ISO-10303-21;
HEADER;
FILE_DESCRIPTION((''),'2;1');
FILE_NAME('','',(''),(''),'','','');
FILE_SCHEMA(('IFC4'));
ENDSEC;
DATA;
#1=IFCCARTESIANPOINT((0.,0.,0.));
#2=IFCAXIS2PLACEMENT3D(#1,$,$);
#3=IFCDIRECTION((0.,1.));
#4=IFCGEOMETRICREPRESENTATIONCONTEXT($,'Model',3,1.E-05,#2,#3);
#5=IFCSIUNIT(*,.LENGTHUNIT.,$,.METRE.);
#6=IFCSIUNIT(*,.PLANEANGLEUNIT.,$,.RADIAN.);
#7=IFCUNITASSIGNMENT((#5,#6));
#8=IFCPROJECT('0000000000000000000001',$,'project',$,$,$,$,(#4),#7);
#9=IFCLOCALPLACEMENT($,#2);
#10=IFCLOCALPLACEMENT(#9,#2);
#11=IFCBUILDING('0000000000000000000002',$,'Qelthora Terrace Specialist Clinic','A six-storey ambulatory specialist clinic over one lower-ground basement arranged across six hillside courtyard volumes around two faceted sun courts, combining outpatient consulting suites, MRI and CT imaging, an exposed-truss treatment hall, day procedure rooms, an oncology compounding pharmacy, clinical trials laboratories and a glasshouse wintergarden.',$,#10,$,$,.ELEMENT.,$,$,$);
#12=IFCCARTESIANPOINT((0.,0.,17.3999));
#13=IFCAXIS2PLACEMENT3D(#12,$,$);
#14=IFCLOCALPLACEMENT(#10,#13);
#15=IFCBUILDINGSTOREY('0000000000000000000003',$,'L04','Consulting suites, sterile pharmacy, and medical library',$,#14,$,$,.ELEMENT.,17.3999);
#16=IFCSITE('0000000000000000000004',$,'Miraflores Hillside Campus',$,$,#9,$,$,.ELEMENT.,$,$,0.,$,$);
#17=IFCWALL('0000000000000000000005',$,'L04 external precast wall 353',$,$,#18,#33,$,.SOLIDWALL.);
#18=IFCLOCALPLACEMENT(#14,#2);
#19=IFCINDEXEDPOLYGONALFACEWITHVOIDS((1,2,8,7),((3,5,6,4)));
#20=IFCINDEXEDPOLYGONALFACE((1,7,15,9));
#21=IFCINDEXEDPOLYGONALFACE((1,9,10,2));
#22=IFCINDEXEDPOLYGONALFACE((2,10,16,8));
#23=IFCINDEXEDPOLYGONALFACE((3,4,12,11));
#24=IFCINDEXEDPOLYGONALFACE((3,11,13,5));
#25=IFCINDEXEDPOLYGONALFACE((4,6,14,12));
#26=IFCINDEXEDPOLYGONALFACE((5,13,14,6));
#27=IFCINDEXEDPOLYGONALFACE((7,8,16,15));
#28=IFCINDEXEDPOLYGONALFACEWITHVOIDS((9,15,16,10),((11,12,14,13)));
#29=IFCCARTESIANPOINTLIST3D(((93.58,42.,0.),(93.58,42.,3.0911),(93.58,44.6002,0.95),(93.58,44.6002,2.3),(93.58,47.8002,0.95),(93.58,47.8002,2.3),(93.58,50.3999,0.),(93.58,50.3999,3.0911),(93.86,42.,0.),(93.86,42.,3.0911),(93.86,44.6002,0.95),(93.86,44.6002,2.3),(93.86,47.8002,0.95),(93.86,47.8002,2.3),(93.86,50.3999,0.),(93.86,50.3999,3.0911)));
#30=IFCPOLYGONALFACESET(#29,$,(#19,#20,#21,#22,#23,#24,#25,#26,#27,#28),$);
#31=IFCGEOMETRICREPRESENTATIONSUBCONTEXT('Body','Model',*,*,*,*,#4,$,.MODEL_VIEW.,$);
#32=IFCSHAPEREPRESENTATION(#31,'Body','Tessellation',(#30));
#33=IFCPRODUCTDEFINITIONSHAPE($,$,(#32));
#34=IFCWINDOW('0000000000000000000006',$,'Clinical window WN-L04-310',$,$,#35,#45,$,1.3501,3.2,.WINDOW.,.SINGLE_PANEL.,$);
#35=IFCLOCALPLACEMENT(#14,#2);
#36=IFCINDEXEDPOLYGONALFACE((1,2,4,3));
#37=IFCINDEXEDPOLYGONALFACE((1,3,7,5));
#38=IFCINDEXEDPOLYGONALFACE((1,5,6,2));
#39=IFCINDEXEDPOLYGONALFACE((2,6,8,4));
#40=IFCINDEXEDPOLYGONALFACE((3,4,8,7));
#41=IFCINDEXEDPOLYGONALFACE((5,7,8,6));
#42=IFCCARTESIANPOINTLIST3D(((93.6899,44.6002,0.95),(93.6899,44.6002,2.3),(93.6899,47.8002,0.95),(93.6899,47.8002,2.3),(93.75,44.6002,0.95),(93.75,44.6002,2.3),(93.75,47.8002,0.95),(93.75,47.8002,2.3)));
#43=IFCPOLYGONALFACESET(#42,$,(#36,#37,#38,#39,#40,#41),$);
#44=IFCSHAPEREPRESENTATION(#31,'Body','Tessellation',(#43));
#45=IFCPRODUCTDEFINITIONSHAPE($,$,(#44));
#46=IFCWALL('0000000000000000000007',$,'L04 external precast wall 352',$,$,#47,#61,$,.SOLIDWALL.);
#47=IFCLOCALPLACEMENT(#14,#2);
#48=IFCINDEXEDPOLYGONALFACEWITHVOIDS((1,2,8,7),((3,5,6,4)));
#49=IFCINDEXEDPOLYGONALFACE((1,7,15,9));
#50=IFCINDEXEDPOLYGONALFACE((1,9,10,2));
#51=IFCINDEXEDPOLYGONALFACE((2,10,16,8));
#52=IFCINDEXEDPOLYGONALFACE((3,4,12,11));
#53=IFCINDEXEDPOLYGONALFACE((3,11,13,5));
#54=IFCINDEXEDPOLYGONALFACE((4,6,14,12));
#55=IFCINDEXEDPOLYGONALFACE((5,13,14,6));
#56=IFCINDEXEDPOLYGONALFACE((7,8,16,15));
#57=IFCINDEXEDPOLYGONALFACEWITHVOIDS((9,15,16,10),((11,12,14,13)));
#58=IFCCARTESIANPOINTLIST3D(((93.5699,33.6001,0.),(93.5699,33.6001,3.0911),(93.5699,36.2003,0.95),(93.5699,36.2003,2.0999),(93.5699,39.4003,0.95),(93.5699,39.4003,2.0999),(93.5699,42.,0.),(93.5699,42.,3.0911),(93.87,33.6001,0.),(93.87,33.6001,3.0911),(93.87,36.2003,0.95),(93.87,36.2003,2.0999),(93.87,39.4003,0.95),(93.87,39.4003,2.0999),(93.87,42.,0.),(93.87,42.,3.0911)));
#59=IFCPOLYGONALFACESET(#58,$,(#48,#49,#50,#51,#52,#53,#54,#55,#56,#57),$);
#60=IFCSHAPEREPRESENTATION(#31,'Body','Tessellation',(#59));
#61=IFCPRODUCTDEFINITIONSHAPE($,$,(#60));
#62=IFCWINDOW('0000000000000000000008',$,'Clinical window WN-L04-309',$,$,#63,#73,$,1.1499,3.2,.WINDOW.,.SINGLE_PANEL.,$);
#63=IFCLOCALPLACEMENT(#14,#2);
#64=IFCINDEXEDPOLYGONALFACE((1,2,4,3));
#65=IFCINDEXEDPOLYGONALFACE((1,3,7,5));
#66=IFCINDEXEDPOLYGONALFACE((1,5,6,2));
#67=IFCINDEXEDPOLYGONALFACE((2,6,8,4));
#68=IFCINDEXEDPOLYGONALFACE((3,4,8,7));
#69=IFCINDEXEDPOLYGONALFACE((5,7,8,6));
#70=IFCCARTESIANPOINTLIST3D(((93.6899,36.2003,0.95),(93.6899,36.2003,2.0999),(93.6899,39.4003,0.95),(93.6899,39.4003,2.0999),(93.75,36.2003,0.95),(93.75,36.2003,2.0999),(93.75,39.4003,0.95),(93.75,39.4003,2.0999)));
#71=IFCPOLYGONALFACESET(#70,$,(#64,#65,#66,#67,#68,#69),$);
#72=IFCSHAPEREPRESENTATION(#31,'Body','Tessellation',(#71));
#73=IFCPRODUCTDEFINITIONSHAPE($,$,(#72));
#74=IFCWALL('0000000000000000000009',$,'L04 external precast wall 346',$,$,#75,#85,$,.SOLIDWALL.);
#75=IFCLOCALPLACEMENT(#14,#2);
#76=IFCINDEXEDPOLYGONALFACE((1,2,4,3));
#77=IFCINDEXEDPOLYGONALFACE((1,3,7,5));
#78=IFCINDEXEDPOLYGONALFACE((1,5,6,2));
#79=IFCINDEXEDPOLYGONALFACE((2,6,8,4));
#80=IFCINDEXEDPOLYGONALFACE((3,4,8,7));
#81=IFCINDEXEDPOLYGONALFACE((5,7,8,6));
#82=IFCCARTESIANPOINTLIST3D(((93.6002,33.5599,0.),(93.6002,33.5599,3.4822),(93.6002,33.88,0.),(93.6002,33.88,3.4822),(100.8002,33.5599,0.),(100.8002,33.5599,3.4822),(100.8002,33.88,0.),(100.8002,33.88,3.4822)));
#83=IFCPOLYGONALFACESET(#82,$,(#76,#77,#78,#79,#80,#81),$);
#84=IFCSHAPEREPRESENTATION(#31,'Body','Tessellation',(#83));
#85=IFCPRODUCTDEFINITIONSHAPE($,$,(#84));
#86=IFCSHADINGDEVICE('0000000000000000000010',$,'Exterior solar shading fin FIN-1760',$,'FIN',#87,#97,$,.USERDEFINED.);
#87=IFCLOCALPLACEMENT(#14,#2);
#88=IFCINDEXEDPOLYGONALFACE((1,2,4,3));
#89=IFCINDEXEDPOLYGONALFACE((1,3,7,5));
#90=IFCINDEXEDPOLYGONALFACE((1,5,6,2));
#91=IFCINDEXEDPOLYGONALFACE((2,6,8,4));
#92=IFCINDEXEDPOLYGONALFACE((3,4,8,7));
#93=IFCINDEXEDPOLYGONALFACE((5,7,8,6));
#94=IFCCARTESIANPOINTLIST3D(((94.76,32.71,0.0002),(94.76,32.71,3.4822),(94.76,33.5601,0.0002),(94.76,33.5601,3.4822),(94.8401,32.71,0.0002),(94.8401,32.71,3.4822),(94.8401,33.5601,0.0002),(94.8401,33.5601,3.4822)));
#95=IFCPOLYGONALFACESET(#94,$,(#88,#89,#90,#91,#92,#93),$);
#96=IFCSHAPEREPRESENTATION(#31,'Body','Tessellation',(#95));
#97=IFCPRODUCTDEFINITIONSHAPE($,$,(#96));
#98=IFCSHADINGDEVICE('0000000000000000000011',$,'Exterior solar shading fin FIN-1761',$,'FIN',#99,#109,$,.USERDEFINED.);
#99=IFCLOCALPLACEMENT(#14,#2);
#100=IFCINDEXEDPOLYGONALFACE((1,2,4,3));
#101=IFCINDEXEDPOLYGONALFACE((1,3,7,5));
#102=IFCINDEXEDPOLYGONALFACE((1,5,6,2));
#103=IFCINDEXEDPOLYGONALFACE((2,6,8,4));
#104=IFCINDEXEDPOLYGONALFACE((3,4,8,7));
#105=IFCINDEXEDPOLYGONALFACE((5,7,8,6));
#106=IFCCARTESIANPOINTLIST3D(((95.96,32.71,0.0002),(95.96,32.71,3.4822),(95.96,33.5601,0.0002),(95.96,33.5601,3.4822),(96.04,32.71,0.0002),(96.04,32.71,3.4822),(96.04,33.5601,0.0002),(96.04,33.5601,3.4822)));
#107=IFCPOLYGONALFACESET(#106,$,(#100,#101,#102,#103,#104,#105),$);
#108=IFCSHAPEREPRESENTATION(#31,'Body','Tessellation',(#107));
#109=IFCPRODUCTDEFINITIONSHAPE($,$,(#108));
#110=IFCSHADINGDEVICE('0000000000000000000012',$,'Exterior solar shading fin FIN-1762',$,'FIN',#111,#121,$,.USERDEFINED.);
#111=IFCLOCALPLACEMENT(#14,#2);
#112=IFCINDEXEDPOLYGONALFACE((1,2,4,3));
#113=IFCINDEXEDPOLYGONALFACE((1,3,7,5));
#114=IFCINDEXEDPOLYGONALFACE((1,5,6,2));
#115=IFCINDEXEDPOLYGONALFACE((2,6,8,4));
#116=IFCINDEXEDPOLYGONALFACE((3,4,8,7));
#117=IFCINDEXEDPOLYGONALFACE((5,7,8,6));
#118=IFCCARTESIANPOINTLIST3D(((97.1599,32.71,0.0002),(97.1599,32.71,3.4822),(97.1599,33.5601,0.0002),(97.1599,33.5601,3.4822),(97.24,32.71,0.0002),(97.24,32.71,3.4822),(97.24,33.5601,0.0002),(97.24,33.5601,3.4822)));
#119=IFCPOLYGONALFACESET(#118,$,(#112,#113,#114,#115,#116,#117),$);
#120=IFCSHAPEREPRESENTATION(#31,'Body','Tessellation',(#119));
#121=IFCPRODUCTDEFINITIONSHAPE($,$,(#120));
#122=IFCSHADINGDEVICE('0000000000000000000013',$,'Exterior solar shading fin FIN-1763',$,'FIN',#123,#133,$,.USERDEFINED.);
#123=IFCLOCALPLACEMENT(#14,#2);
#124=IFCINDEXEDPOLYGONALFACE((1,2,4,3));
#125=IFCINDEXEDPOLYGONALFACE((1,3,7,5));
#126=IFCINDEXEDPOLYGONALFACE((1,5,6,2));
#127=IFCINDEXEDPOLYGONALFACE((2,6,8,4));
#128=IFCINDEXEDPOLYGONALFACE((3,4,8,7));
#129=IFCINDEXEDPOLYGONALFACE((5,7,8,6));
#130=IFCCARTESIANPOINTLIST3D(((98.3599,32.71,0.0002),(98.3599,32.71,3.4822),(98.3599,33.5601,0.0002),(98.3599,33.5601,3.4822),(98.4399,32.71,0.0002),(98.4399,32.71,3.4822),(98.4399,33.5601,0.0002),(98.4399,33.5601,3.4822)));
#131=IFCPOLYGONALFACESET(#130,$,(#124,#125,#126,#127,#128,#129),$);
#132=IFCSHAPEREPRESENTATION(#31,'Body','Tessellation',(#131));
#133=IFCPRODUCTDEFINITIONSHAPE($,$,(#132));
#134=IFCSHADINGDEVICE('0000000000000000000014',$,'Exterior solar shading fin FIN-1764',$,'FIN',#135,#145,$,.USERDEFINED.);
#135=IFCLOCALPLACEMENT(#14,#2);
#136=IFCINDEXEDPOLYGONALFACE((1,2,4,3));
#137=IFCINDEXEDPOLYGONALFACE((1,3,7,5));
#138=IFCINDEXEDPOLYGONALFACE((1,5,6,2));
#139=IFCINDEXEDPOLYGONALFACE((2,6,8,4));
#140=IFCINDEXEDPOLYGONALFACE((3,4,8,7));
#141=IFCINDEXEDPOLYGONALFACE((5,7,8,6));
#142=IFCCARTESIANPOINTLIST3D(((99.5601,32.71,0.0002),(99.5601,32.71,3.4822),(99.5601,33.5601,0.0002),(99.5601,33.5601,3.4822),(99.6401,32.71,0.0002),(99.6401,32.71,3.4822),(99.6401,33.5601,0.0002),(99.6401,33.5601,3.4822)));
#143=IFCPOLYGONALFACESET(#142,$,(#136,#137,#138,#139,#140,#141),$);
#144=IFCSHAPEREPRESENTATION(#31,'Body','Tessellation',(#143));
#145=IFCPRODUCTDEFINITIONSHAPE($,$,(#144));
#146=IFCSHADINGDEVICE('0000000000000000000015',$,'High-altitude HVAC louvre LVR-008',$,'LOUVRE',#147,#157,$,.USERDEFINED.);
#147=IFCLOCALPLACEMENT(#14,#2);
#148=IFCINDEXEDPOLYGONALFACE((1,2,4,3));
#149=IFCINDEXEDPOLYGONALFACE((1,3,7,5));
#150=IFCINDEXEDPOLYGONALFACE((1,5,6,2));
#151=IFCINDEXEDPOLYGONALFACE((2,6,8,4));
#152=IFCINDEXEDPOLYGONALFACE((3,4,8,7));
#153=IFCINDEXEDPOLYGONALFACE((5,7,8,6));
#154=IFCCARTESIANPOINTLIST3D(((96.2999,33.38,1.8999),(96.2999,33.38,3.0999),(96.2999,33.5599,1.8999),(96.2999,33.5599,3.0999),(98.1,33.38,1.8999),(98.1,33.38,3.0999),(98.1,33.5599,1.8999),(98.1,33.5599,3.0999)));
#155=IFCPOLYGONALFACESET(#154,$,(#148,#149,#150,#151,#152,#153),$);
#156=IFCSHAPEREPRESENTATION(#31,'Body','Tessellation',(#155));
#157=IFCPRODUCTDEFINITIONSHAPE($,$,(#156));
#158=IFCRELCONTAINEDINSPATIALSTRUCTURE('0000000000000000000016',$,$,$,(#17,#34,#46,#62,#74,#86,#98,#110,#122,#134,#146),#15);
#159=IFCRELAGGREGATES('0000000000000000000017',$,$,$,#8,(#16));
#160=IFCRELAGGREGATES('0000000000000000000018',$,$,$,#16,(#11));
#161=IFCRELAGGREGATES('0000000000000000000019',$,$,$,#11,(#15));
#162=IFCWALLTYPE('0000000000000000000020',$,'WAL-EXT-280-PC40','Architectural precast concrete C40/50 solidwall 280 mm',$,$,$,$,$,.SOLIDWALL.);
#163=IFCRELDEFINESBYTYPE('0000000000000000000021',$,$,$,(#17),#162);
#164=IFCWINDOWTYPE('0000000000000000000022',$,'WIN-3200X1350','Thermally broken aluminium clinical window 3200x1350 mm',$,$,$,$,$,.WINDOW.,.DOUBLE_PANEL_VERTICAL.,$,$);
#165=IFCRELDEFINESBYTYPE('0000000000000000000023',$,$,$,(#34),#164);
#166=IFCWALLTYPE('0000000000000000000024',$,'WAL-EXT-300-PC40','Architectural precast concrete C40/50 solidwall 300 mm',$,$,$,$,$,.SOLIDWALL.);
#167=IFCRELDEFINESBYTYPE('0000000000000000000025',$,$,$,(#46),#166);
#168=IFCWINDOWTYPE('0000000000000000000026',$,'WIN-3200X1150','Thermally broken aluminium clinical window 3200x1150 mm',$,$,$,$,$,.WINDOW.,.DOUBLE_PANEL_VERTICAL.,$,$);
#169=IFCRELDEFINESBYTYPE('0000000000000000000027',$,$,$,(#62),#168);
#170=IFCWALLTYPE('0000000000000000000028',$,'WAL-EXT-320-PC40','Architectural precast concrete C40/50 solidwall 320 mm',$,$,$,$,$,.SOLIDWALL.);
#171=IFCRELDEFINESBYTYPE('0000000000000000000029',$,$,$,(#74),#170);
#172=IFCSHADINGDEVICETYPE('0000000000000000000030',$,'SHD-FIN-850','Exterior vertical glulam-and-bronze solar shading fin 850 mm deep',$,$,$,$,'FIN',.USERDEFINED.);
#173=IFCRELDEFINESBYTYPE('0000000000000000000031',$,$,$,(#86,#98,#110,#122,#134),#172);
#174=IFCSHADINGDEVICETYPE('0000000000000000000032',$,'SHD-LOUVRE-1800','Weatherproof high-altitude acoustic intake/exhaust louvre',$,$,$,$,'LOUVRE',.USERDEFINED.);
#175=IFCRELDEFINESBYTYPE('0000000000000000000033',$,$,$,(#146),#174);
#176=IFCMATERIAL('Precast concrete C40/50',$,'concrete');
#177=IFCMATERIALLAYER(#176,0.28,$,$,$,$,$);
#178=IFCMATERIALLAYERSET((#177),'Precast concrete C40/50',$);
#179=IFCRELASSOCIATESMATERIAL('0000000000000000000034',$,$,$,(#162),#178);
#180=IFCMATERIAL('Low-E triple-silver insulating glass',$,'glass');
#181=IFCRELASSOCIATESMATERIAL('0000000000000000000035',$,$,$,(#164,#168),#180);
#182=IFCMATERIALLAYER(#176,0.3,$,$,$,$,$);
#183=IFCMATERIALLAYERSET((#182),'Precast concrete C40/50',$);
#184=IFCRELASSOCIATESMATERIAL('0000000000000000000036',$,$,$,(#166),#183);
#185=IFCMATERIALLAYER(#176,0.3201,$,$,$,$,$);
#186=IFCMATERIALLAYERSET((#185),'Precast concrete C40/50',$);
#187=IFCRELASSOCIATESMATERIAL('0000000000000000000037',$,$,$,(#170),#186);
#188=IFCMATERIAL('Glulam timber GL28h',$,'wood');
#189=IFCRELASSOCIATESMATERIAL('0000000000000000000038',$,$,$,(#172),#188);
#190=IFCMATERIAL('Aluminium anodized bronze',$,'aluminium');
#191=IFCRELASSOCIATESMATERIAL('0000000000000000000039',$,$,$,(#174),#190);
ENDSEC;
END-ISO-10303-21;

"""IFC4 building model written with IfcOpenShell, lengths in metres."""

from ifc_helpers import new_model, si_unit, direction, frame, frame_2d, origin, origin_2d, place, context, subcontext, project, spatial, rectangle, extrude, material, layer, layer_set, type_object, element, fill, save


model = new_model("IFC4")

# Units and contexts
model_context = context("Model", 3, precision=1e-05, world=origin(), true_north=direction((0.0, 1.0)))
body_context = subcontext(model_context, "Body", "Model", "MODEL_VIEW")
ifc_project = project(units=[si_unit("LENGTHUNIT", "METRE"), si_unit("PLANEANGLEUNIT", "RADIAN")], contexts=[model_context])

# Site, building, storey
site_placement = place(None, origin())
site = spatial("IfcSite", under=ifc_project, at=site_placement, Name="Miraflores Hillside Campus", CompositionType="ELEMENT", RefElevation=0.0)
building_placement = place(site_placement, origin())
building = spatial("IfcBuilding", under=site, at=building_placement, Name="Qelthora Terrace Specialist Clinic", Description="A six-storey ambulatory specialist clinic over one lower-ground basement arranged across six hillside courtyard volumes around two faceted sun courts, combining outpatient consulting suites, MRI and CT imaging, an exposed-truss treatment hall, day procedure rooms, an oncology compounding pharmacy, clinical trials laboratories and a glasshouse wintergarden.", CompositionType="ELEMENT")
storey_placement = place(building_placement, frame((0.0, 0.0, 17.3999)))
storey = spatial("IfcBuildingStorey", under=building, at=storey_placement, Name="L04", Description="Consulting suites, sterile pharmacy, and medical library", CompositionType="ELEMENT", Elevation=17.3999)

# Shared definitions
ifc_material_1 = material(Name="Glulam timber GL28h", Category="wood")

# Walls, openings, windows
ifc_material_2 = material(Name="Precast concrete C40/50", Category="concrete")
ifc_layer_1 = layer(ifc_material_2, 0.28)
ifc_layer_set_1 = layer_set([ifc_layer_1], Name="Precast concrete C40/50")
wall_type_1 = type_object("IfcWallType", Name="WAL-EXT-280-PC40", Description="Architectural precast concrete C40/50 solidwall 280 mm", PredefinedType="SOLIDWALL", material=ifc_layer_set_1)
wall_1_placement = place(storey_placement, frame((93.72, 42.0, 0.0), z_axis=(0.0, 0.0, 1.0), x_axis=(0.0, 1.0, 0.0)))
wall_1 = element("IfcWall", 1, at=wall_1_placement, inside=storey, type_object=wall_type_1, Name="L04 external precast wall 353", PredefinedType="SOLIDWALL", context=body_context, shape_type="SweptSolid", body=[
    extrude(rectangle(XDim=8.3999, YDim=0.28, at=frame_2d((4.2, 0.0))), origin(), (0.0, 0.0, 1.0), 3.0911),
])
opening_1_placement = place(wall_1_placement, frame((2.6001, 0.0, 0.95)))
opening_1 = element("IfcOpeningElement", 2, at=opening_1_placement, cuts=wall_1, PredefinedType="OPENING", context=body_context, shape_type="SweptSolid", body=[
    extrude(rectangle(XDim=3.2, YDim=1.3501, at=frame_2d((1.6001, 0.675))), frame((0.0, 0.1499, 0.0), z_axis=(0.0, -1.0, 0.0), x_axis=(1.0, 0.0, 0.0)), (0.0, 0.0, 1.0), 0.3),
])
ifc_material_3 = material(Name="Low-E triple-silver insulating glass", Category="glass")
window_type_1 = type_object("IfcWindowType", Name="WIN-3200X1350", Description="Thermally broken aluminium clinical window 3200x1350 mm", PartitioningType="DOUBLE_PANEL_VERTICAL", PredefinedType="WINDOW", material=ifc_material_3)
window_1_placement = place(opening_1_placement, origin())
window_1 = element("IfcWindow", 3, at=window_1_placement, inside=storey, type_object=window_type_1, Name="Clinical window WN-L04-310", OverallHeight=1.3501, OverallWidth=3.2, PartitioningType="SINGLE_PANEL", PredefinedType="WINDOW", context=body_context, shape_type="SweptSolid", body=[
    extrude(rectangle(XDim=3.2, YDim=1.3501, at=frame_2d((1.6001, 0.675))), frame((0.0, 0.03, 0.0), z_axis=(0.0, -1.0, 0.0), x_axis=(1.0, 0.0, 0.0)), (0.0, 0.0, 1.0), 0.0601),
])
fill(opening_1, window_1)
ifc_layer_2 = layer(ifc_material_2, 0.3)
ifc_layer_set_2 = layer_set([ifc_layer_2], Name="Precast concrete C40/50")
wall_type_2 = type_object("IfcWallType", Name="WAL-EXT-300-PC40", Description="Architectural precast concrete C40/50 solidwall 300 mm", PredefinedType="SOLIDWALL", material=ifc_layer_set_2)
wall_2_placement = place(storey_placement, frame((93.72, 33.6001, 0.0), z_axis=(0.0, 0.0, 1.0), x_axis=(0.0, 1.0, 0.0)))
wall_2 = element("IfcWall", 4, at=wall_2_placement, inside=storey, type_object=wall_type_2, Name="L04 external precast wall 352", PredefinedType="SOLIDWALL", context=body_context, shape_type="SweptSolid", body=[
    extrude(rectangle(XDim=8.3999, YDim=0.3, at=frame_2d((4.2, 0.0))), origin(), (0.0, 0.0, 1.0), 3.0911),
])
opening_2_placement = place(wall_2_placement, frame((2.6001, 0.0, 0.95)))
opening_2 = element("IfcOpeningElement", 5, at=opening_2_placement, cuts=wall_2, PredefinedType="OPENING", context=body_context, shape_type="SweptSolid", body=[
    extrude(rectangle(XDim=3.2, YDim=1.1499, at=frame_2d((1.6001, 0.575))), frame((0.0, 0.1599, 0.0), z_axis=(0.0, -1.0, 0.0), x_axis=(1.0, 0.0, 0.0)), (0.0, 0.0, 1.0), 0.3201),
])
window_type_2 = type_object("IfcWindowType", Name="WIN-3200X1150", Description="Thermally broken aluminium clinical window 3200x1150 mm", PartitioningType="DOUBLE_PANEL_VERTICAL", PredefinedType="WINDOW", material=ifc_material_3)
window_2_placement = place(opening_2_placement, origin())
window_2 = element("IfcWindow", 6, at=window_2_placement, inside=storey, type_object=window_type_2, Name="Clinical window WN-L04-309", OverallHeight=1.1499, OverallWidth=3.2, PartitioningType="SINGLE_PANEL", PredefinedType="WINDOW", context=body_context, shape_type="SweptSolid", body=[
    extrude(rectangle(XDim=3.2, YDim=1.1499, at=frame_2d((1.6001, 0.575))), frame((0.0, 0.03, 0.0), z_axis=(0.0, -1.0, 0.0), x_axis=(1.0, 0.0, 0.0)), (0.0, 0.0, 1.0), 0.0601),
])
fill(opening_2, window_2)

# Wall
ifc_layer_3 = layer(ifc_material_2, 0.3201)
ifc_layer_set_3 = layer_set([ifc_layer_3], Name="Precast concrete C40/50")
wall_type_3 = type_object("IfcWallType", Name="WAL-EXT-320-PC40", Description="Architectural precast concrete C40/50 solidwall 320 mm", PredefinedType="SOLIDWALL", material=ifc_layer_set_3)
wall_3_placement = place(storey_placement, frame((93.6001, 33.72, 0.0), z_axis=(0.0, 0.0, 1.0), x_axis=(1.0, 0.0, 0.0)))
element("IfcWall", 7, at=wall_3_placement, inside=storey, type_object=wall_type_3, Name="L04 external precast wall 346", PredefinedType="SOLIDWALL", context=body_context, shape_type="SweptSolid", body=[
    extrude(rectangle(XDim=7.2, YDim=0.3201, at=frame_2d((3.6001, 0.0))), origin(), (0.0, 0.0, 1.0), 3.4822),
])

# Shading devices
shading_device_type_1 = type_object("IfcShadingDeviceType", Name="SHD-FIN-850", Description="Exterior vertical glulam-and-bronze solar shading fin 850 mm deep", ElementType="FIN", PredefinedType="USERDEFINED", material=ifc_material_1)
for number, where, z_axis, x_axis, name in (
    (8, (94.8, 33.135, 0.0002), (0.0, 0.0, 1.0), (0.0, -1.0, 0.0), "Exterior solar shading fin FIN-1760"),
    (9, (96.0, 33.135, 0.0002), (0.0, 0.0, 1.0), (0.0, -1.0, 0.0), "Exterior solar shading fin FIN-1761"),
    (10, (97.2, 33.135, 0.0002), (0.0, 0.0, 1.0), (0.0, -1.0, 0.0), "Exterior solar shading fin FIN-1762"),
    (11, (98.3999, 33.135, 0.0002), (0.0, 0.0, 1.0), (0.0, -1.0, 0.0), "Exterior solar shading fin FIN-1763"),
    (12, (99.6001, 33.135, 0.0002), (0.0, 0.0, 1.0), (0.0, -1.0, 0.0), "Exterior solar shading fin FIN-1764"),
):
    element("IfcShadingDevice", number, at=place(storey_placement, frame(where, z_axis=z_axis, x_axis=x_axis)), inside=storey, type_object=shading_device_type_1, Name=name, ObjectType="FIN", PredefinedType="USERDEFINED", context=body_context, shape_type="SweptSolid", body=[
        extrude(rectangle(XDim=0.8501, YDim=0.0801, at=origin_2d()), origin(), (0.0, 0.0, 1.0), 3.4819),
    ])
ifc_material_4 = material(Name="Aluminium anodized bronze", Category="aluminium")
shading_device_type_2 = type_object("IfcShadingDeviceType", Name="SHD-LOUVRE-1800", Description="Weatherproof high-altitude acoustic intake/exhaust louvre", ElementType="LOUVRE", PredefinedType="USERDEFINED", material=ifc_material_4)
shading_device_placement = place(storey_placement, frame((97.2, 33.47, 1.8999), z_axis=(0.0, 0.0, 1.0), x_axis=(1.0, 0.0, 0.0)))
element("IfcShadingDevice", 13, at=shading_device_placement, inside=storey, type_object=shading_device_type_2, Name="High-altitude HVAC louvre LVR-008", ObjectType="LOUVRE", PredefinedType="USERDEFINED", context=body_context, shape_type="SweptSolid", body=[
    extrude(rectangle(XDim=1.8, YDim=0.1799, at=origin_2d()), origin(), (0.0, 0.0, 1.0), 1.2),
])

save(model, "model.ifc")
